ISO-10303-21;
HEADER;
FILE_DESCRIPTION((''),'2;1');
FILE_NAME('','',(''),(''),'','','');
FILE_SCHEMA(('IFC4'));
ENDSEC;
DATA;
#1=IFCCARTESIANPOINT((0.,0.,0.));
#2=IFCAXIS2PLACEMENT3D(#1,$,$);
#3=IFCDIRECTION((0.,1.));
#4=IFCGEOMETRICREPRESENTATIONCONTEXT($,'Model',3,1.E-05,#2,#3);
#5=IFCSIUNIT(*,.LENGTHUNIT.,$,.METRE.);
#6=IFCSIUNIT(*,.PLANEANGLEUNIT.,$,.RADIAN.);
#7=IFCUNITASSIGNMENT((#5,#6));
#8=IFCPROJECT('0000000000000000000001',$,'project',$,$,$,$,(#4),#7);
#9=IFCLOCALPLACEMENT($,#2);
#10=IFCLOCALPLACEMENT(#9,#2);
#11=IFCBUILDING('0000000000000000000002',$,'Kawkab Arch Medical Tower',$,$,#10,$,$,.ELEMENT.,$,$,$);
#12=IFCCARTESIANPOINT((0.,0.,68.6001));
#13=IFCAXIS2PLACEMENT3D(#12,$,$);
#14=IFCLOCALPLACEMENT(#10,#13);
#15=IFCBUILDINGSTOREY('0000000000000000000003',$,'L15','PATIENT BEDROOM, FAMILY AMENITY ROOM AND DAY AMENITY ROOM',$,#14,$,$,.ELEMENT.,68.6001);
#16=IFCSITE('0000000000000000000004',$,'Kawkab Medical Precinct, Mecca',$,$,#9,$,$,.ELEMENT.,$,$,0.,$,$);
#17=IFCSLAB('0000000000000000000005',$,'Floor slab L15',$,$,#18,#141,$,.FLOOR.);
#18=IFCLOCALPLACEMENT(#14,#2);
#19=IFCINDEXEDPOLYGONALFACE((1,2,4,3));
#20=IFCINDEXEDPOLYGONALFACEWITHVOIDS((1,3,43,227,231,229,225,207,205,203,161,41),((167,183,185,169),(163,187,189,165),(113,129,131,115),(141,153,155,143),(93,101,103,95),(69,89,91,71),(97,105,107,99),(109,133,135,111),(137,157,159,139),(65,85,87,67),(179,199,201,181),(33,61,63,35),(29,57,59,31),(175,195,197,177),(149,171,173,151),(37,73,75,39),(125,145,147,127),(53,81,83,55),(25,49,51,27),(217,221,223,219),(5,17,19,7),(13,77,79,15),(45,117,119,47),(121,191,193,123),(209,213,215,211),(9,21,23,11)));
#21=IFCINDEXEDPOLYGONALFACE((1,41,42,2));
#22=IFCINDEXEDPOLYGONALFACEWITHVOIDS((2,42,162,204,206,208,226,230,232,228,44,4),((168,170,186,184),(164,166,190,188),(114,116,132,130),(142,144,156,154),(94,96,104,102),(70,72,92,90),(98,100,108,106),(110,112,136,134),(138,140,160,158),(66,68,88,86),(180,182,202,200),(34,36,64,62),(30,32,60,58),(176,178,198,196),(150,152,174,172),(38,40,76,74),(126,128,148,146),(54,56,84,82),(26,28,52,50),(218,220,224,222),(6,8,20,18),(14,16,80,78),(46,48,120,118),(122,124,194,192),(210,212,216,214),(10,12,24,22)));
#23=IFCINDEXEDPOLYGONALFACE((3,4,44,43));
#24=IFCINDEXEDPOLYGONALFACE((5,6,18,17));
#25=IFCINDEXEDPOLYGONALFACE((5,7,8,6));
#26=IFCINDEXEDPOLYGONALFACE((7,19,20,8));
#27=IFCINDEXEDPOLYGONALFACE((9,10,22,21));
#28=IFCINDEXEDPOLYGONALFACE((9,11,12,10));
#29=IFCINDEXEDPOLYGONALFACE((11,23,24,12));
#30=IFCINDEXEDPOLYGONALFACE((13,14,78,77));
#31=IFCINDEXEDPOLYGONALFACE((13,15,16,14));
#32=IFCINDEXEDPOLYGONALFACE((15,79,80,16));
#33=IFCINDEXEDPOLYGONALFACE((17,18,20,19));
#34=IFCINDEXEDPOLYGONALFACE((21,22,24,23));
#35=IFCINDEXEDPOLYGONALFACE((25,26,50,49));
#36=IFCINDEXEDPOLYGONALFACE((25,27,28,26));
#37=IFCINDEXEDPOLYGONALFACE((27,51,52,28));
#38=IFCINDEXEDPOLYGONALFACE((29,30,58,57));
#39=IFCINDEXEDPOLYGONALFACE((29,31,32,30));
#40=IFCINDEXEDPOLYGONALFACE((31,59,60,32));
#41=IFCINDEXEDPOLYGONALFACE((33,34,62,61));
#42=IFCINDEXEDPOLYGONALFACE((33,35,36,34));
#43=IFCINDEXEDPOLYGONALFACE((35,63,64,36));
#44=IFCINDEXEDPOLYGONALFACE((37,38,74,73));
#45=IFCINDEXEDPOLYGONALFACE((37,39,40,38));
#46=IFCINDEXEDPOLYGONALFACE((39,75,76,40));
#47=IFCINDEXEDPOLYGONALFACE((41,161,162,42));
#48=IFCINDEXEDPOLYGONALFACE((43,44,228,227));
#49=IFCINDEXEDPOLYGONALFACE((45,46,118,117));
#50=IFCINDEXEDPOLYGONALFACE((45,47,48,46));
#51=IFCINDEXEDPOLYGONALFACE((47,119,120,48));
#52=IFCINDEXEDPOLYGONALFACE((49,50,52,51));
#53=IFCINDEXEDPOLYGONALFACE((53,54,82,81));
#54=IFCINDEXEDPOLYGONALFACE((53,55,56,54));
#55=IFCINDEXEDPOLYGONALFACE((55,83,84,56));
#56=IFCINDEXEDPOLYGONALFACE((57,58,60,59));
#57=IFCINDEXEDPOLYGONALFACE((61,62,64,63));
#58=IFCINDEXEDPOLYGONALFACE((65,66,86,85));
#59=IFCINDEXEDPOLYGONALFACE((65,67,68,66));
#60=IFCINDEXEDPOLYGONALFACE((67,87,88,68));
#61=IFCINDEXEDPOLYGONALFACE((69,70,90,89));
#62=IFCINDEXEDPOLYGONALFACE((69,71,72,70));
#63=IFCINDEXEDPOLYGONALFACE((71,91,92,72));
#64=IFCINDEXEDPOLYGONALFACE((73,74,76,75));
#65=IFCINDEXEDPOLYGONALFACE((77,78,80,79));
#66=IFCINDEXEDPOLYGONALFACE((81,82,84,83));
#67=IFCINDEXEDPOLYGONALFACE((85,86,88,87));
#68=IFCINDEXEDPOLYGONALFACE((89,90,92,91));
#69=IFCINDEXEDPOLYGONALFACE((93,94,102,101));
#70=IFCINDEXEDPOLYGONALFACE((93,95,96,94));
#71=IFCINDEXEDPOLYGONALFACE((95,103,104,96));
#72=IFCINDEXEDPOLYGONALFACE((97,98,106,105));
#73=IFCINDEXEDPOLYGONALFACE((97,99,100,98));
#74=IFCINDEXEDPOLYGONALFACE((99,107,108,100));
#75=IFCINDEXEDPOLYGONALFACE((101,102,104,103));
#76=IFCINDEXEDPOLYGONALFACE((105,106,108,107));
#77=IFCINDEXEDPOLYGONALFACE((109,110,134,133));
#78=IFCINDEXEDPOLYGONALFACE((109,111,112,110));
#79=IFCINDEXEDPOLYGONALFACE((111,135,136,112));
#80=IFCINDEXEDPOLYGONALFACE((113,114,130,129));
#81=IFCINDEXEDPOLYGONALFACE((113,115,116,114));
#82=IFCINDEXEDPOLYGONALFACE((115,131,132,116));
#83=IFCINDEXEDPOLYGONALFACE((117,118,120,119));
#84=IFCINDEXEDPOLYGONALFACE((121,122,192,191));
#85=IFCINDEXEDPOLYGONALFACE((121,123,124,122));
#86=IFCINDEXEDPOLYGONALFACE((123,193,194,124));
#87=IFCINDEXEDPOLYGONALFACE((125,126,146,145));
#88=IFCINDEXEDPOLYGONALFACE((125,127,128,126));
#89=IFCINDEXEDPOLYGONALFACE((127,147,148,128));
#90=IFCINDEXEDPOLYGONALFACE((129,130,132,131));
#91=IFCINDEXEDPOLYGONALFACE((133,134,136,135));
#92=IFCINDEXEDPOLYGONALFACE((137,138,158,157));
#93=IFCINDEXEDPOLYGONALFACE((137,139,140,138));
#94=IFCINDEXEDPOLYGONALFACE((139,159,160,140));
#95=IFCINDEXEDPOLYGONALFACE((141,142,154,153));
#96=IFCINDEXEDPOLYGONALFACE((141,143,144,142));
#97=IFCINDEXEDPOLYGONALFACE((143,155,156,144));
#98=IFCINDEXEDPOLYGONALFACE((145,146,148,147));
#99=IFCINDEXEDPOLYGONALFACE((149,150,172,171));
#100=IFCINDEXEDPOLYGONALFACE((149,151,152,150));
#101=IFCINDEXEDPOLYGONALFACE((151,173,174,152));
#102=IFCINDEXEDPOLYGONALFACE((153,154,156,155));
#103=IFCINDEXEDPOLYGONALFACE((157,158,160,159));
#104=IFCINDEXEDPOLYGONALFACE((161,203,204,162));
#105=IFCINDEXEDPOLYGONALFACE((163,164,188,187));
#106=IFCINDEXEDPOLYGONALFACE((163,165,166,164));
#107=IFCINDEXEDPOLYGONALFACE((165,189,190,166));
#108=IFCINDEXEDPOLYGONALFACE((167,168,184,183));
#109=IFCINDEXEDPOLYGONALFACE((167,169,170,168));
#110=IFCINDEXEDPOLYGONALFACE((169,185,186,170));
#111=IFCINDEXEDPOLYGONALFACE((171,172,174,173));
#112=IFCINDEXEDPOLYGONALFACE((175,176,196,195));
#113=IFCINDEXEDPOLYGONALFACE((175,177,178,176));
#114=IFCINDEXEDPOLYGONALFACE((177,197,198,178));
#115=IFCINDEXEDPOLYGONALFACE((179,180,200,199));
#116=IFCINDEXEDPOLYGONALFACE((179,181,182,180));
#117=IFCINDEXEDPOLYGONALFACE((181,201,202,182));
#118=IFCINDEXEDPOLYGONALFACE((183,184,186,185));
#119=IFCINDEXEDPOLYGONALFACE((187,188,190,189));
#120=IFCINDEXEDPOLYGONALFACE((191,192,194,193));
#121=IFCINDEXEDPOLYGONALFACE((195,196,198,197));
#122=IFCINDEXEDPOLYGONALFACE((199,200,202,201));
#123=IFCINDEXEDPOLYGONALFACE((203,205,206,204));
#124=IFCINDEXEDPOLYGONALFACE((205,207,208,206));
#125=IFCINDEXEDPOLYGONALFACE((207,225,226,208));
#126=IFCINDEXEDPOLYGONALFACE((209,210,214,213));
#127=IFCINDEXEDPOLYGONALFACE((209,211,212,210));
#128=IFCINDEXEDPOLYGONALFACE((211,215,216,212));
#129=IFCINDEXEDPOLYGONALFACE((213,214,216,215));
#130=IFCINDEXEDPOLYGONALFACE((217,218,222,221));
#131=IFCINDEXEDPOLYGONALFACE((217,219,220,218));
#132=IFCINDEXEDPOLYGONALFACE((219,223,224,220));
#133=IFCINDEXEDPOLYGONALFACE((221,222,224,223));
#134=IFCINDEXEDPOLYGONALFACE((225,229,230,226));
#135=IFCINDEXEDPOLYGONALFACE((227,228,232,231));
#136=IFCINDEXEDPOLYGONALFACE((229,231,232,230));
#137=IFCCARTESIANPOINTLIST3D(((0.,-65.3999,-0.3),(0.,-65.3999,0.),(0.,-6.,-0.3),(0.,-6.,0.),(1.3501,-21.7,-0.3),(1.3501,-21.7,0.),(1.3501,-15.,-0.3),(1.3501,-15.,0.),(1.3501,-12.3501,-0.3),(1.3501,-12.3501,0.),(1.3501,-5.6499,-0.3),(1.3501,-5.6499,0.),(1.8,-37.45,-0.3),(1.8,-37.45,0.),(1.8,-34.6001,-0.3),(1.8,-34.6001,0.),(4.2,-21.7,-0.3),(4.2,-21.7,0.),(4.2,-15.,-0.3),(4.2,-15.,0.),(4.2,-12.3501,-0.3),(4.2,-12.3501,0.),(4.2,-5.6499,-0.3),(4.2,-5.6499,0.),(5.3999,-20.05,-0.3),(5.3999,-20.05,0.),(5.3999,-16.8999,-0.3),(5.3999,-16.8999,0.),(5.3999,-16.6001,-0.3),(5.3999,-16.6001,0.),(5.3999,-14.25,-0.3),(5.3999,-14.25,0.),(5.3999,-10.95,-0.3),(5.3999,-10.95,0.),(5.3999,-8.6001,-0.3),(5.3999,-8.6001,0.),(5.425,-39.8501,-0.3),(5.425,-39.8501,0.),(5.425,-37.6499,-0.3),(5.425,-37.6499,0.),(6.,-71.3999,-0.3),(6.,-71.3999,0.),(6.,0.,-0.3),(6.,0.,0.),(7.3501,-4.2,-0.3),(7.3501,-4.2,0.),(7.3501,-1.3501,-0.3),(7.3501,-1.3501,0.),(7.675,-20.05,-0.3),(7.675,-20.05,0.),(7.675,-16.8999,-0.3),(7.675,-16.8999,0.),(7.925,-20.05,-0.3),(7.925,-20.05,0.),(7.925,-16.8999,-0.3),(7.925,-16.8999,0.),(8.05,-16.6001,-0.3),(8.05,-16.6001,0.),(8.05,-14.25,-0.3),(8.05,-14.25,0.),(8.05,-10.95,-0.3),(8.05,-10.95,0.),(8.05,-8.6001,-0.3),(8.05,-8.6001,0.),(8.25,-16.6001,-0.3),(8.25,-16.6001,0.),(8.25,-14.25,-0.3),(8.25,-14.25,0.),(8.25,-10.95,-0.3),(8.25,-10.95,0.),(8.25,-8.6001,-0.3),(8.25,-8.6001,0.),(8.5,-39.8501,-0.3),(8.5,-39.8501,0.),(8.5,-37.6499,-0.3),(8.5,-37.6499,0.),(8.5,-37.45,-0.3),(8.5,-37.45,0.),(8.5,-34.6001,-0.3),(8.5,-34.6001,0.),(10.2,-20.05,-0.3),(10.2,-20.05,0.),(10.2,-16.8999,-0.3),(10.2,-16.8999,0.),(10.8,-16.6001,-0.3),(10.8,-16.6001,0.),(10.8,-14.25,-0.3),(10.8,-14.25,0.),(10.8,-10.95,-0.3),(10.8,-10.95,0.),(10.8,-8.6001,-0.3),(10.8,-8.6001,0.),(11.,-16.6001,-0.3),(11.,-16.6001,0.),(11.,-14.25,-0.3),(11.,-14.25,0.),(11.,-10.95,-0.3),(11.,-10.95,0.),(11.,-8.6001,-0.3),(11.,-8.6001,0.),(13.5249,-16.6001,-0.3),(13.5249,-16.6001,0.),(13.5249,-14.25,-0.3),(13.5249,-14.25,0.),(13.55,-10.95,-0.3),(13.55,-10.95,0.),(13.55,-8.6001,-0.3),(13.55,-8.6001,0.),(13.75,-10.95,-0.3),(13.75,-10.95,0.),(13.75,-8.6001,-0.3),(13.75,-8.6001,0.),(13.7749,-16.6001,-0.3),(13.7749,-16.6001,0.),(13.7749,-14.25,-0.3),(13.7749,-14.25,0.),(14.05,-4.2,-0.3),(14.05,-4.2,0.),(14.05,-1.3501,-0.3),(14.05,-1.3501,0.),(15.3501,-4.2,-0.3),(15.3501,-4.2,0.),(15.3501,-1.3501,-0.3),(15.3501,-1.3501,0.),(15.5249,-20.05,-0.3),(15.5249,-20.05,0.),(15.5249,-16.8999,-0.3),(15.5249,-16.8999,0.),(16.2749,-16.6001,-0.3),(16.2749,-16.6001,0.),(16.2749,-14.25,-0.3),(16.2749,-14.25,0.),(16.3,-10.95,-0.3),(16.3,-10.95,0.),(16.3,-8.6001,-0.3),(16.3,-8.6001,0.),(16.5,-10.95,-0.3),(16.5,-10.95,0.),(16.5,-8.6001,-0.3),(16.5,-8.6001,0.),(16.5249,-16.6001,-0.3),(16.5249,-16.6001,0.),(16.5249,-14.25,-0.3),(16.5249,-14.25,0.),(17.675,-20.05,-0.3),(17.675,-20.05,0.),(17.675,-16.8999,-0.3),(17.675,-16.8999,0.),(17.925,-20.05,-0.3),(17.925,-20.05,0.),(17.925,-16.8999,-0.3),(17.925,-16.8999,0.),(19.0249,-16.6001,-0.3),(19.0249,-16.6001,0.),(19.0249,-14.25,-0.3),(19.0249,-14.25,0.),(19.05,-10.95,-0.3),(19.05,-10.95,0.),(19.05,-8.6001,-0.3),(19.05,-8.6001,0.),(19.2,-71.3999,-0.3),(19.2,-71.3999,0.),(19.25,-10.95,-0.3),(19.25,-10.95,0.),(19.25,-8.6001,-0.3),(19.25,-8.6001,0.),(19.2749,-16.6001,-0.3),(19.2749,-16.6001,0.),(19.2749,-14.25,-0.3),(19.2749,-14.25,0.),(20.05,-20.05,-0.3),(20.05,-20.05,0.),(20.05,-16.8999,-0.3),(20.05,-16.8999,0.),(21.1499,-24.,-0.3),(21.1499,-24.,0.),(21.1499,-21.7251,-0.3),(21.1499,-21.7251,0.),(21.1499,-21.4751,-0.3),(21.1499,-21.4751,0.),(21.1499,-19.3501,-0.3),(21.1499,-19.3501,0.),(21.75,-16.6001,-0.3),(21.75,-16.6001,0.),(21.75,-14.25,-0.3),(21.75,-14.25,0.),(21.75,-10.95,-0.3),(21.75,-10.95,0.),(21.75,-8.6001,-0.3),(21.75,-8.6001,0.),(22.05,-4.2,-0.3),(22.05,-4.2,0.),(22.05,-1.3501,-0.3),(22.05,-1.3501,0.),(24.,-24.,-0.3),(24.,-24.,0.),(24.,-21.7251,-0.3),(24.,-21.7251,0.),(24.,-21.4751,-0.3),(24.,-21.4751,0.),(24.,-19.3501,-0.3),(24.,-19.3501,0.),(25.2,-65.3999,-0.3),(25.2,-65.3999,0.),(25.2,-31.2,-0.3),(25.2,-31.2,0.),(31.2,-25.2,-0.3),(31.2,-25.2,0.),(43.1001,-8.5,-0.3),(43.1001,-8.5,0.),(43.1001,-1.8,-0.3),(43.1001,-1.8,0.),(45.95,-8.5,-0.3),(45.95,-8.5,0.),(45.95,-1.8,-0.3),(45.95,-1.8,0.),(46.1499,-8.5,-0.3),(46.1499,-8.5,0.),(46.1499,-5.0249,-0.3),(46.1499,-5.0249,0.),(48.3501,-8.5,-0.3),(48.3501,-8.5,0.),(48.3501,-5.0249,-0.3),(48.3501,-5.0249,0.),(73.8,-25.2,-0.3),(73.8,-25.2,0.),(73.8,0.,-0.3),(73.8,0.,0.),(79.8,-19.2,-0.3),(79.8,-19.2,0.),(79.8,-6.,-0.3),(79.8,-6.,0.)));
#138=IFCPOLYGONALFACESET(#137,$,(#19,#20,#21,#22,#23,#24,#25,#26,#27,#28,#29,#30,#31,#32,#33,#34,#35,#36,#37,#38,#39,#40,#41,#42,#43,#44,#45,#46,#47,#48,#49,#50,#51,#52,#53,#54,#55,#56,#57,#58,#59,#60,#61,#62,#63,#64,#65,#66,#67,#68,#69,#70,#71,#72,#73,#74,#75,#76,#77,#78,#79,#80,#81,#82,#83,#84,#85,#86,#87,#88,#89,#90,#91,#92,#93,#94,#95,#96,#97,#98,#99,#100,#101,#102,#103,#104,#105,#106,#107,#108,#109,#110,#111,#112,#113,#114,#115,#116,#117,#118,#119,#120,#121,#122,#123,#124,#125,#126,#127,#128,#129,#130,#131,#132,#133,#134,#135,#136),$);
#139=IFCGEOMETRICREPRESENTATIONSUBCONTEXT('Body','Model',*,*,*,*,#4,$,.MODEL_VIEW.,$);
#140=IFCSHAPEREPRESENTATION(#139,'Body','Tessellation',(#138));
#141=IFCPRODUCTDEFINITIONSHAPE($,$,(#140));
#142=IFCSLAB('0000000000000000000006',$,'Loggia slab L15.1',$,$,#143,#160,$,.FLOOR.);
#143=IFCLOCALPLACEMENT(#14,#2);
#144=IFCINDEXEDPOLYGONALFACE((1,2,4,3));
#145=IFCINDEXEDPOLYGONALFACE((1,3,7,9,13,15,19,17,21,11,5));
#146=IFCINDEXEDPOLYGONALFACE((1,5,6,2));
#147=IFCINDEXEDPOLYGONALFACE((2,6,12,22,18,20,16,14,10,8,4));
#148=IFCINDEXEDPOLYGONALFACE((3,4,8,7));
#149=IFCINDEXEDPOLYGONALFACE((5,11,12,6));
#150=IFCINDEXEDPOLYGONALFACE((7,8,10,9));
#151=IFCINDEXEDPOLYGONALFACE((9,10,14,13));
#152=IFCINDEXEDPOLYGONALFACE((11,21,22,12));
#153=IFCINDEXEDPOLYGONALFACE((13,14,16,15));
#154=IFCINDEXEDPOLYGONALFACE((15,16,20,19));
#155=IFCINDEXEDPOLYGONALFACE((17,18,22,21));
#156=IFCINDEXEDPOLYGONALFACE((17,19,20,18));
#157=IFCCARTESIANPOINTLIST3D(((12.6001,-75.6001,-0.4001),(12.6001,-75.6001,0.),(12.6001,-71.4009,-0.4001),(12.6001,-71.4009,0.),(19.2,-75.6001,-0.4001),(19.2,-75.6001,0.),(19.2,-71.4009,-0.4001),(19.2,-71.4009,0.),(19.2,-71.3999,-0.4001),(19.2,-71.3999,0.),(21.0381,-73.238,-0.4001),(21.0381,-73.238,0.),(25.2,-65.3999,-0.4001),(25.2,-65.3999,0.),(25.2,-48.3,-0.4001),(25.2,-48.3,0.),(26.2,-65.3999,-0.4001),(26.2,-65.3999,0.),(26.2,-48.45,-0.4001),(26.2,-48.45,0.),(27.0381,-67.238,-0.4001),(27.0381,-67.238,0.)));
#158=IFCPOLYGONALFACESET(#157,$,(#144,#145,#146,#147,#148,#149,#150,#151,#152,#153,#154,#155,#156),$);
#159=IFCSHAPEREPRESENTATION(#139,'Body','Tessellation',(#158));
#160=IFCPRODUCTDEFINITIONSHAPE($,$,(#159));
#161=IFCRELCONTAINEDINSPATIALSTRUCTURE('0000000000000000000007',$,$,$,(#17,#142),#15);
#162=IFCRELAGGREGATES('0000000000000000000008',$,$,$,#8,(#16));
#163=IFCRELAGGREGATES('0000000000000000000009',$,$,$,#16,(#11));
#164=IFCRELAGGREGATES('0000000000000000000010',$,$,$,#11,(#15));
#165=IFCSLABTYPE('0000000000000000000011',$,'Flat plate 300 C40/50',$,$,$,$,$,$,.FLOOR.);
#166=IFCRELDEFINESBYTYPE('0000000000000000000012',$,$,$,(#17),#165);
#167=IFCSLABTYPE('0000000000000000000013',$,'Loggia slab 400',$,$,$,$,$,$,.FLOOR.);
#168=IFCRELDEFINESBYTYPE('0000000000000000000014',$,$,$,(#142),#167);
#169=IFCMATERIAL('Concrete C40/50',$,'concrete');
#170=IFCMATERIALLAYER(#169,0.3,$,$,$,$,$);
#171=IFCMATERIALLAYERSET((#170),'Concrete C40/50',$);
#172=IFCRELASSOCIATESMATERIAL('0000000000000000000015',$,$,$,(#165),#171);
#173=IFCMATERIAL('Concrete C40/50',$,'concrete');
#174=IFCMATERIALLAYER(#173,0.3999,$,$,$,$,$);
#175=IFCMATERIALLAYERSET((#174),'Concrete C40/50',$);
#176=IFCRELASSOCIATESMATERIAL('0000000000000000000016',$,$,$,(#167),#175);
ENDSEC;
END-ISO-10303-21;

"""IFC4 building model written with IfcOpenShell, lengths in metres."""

from ifc_helpers import new_model, si_unit, direction, frame, origin, place, context, subcontext, project, spatial, polyline, outline, extrude, material, layer, layer_set, type_object, element, save


model = new_model("IFC4")

# Units and contexts
model_context = context("Model", 3, precision=1e-05, world=origin(), true_north=direction((0.0, 1.0)))
body_context = subcontext(model_context, "Body", "Model", "MODEL_VIEW")
ifc_project = project(units=[si_unit("LENGTHUNIT", "METRE"), si_unit("PLANEANGLEUNIT", "RADIAN")], contexts=[model_context])

# Site, building, storey
site_placement = place(None, origin())
site = spatial("IfcSite", under=ifc_project, at=site_placement, Name="Kawkab Medical Precinct, Mecca", CompositionType="ELEMENT", RefElevation=0.0)
building_placement = place(site_placement, origin())
building = spatial("IfcBuilding", under=site, at=building_placement, Name="Kawkab Arch Medical Tower", CompositionType="ELEMENT")
storey_placement = place(building_placement, frame((0.0, 0.0, 68.6001)))
storey = spatial("IfcBuildingStorey", under=building, at=storey_placement, Name="L15", Description="PATIENT BEDROOM, FAMILY AMENITY ROOM AND DAY AMENITY ROOM", CompositionType="ELEMENT", Elevation=68.6001)

# Slabs
ifc_material_1 = material(Name="Concrete C40/50", Category="concrete")
ifc_layer_1 = layer(ifc_material_1, 0.3)
ifc_layer_set_1 = layer_set([ifc_layer_1], Name="Concrete C40/50")
slab_type_1 = type_object("IfcSlabType", Name="Flat plate 300 C40/50", PredefinedType="FLOOR", material=ifc_layer_set_1)
slab_1_placement = place(storey_placement, frame((0.0, 0.0, -0.3)))
element("IfcSlab", 1, at=slab_1_placement, inside=storey, type_object=slab_type_1, Name="Floor slab L15", PredefinedType="FLOOR", context=body_context, shape_type="SweptSolid", body=[
    extrude(outline(polyline([(6.0, 0.0), (73.8, 0.0), (79.8, -6.0), (79.8, -19.2), (73.8, -25.2), (31.2, -25.2), (25.2, -31.2), (25.2, -65.3999), (19.2, -71.3999), (6.0, -71.3999), (0.0, -65.3999), (0.0, -6.0), (6.0, 0.0)]), holes=[polyline([(5.425, -37.6499), (5.425, -39.8501), (8.5, -39.8501), (8.5, -37.6499), (5.425, -37.6499)]), polyline([(1.8, -37.45), (8.5, -37.45), (8.5, -34.6001), (1.8, -34.6001), (1.8, -37.45)]), polyline([(5.3999, -16.8999), (5.3999, -20.05), (7.675, -20.05), (7.675, -16.8999), (5.3999, -16.8999)]), polyline([(10.2, -16.8999), (7.925, -16.8999), (7.925, -20.05), (10.2, -20.05), (10.2, -16.8999)]), polyline([(4.2, -21.7), (4.2, -15.0), (1.3501, -15.0), (1.3501, -21.7), (4.2, -21.7)]), polyline([(5.3999, -14.25), (5.3999, -16.6001), (8.05, -16.6001), (8.05, -14.25), (5.3999, -14.25)]), polyline([(8.25, -14.25), (8.25, -16.6001), (10.8, -16.6001), (10.8, -14.25), (8.25, -14.25)]), polyline([(13.5249, -16.6001), (13.5249, -14.25), (11.0, -14.25), (11.0, -16.6001), (13.5249, -16.6001)]), polyline([(5.3999, -8.6001), (5.3999, -10.95), (8.05, -10.95), (8.05, -8.6001), (5.3999, -8.6001)]), polyline([(8.25, -8.6001), (8.25, -10.95), (10.8, -10.95), (10.8, -8.6001), (8.25, -8.6001)]), polyline([(13.55, -8.6001), (11.0, -8.6001), (11.0, -10.95), (13.55, -10.95), (13.55, -8.6001)]), polyline([(4.2, -12.3501), (4.2, -5.6499), (1.3501, -5.6499), (1.3501, -12.3501), (4.2, -12.3501)]), polyline([(7.3501, -4.2), (14.05, -4.2), (14.05, -1.3501), (7.3501, -1.3501), (7.3501, -4.2)]), polyline([(24.0, -21.7251), (21.1499, -21.7251), (21.1499, -24.0), (24.0, -24.0), (24.0, -21.7251)]), polyline([(24.0, -21.4751), (24.0, -19.3501), (21.1499, -19.3501), (21.1499, -21.4751), (24.0, -21.4751)]), polyline([(17.675, -16.8999), (15.5249, -16.8999), (15.5249, -20.05), (17.675, -20.05), (17.675, -16.8999)]), polyline([(17.925, -20.05), (20.05, -20.05), (20.05, -16.8999), (17.925, -16.8999), (17.925, -20.05)]), polyline([(16.2749, -16.6001), (16.2749, -14.25), (13.7749, -14.25), (13.7749, -16.6001), (16.2749, -16.6001)]), polyline([(16.5249, -14.25), (16.5249, -16.6001), (19.0249, -16.6001), (19.0249, -14.25), (16.5249, -14.25)]), polyline([(19.2749, -14.25), (19.2749, -16.6001), (21.75, -16.6001), (21.75, -14.25), (19.2749, -14.25)]), polyline([(16.3, -8.6001), (13.75, -8.6001), (13.75, -10.95), (16.3, -10.95), (16.3, -8.6001)]), polyline([(16.5, -10.95), (19.05, -10.95), (19.05, -8.6001), (16.5, -8.6001), (16.5, -10.95)]), polyline([(19.25, -8.6001), (19.25, -10.95), (21.75, -10.95), (21.75, -8.6001), (19.25, -8.6001)]), polyline([(46.1499, -5.0249), (46.1499, -8.5), (48.3501, -8.5), (48.3501, -5.0249), (46.1499, -5.0249)]), polyline([(43.1001, -1.8), (43.1001, -8.5), (45.95, -8.5), (45.95, -1.8), (43.1001, -1.8)]), polyline([(22.05, -1.3501), (15.3501, -1.3501), (15.3501, -4.2), (22.05, -4.2), (22.05, -1.3501)])]), origin(), (0.0, 0.0, 1.0), 0.3),
])
ifc_material_2 = material(Name="Concrete C40/50", Category="concrete")
ifc_layer_2 = layer(ifc_material_2, 0.3999)
ifc_layer_set_2 = layer_set([ifc_layer_2], Name="Concrete C40/50")
slab_type_2 = type_object("IfcSlabType", Name="Loggia slab 400", PredefinedType="FLOOR", material=ifc_layer_set_2)
placement_1 = place(storey_placement, frame((0.0, 0.0, -0.4001)))
element("IfcSlab", 2, at=placement_1, inside=storey, type_object=slab_type_2, Name="Loggia slab L15.1", PredefinedType="FLOOR", context=body_context, shape_type="SweptSolid", body=[
    extrude(outline(polyline([(12.6001, -75.6001), (12.6001, -71.4009), (19.2, -71.4009), (19.2, -71.3999), (25.2, -65.3999), (25.2, -48.3), (26.2, -48.45), (26.2, -65.3999), (27.0381, -67.238), (21.0381, -73.238), (19.2, -75.6001), (12.6001, -75.6001)])), origin(), (0.0, 0.0, 1.0), 0.4001),
])

save(model, "model.ifc")
